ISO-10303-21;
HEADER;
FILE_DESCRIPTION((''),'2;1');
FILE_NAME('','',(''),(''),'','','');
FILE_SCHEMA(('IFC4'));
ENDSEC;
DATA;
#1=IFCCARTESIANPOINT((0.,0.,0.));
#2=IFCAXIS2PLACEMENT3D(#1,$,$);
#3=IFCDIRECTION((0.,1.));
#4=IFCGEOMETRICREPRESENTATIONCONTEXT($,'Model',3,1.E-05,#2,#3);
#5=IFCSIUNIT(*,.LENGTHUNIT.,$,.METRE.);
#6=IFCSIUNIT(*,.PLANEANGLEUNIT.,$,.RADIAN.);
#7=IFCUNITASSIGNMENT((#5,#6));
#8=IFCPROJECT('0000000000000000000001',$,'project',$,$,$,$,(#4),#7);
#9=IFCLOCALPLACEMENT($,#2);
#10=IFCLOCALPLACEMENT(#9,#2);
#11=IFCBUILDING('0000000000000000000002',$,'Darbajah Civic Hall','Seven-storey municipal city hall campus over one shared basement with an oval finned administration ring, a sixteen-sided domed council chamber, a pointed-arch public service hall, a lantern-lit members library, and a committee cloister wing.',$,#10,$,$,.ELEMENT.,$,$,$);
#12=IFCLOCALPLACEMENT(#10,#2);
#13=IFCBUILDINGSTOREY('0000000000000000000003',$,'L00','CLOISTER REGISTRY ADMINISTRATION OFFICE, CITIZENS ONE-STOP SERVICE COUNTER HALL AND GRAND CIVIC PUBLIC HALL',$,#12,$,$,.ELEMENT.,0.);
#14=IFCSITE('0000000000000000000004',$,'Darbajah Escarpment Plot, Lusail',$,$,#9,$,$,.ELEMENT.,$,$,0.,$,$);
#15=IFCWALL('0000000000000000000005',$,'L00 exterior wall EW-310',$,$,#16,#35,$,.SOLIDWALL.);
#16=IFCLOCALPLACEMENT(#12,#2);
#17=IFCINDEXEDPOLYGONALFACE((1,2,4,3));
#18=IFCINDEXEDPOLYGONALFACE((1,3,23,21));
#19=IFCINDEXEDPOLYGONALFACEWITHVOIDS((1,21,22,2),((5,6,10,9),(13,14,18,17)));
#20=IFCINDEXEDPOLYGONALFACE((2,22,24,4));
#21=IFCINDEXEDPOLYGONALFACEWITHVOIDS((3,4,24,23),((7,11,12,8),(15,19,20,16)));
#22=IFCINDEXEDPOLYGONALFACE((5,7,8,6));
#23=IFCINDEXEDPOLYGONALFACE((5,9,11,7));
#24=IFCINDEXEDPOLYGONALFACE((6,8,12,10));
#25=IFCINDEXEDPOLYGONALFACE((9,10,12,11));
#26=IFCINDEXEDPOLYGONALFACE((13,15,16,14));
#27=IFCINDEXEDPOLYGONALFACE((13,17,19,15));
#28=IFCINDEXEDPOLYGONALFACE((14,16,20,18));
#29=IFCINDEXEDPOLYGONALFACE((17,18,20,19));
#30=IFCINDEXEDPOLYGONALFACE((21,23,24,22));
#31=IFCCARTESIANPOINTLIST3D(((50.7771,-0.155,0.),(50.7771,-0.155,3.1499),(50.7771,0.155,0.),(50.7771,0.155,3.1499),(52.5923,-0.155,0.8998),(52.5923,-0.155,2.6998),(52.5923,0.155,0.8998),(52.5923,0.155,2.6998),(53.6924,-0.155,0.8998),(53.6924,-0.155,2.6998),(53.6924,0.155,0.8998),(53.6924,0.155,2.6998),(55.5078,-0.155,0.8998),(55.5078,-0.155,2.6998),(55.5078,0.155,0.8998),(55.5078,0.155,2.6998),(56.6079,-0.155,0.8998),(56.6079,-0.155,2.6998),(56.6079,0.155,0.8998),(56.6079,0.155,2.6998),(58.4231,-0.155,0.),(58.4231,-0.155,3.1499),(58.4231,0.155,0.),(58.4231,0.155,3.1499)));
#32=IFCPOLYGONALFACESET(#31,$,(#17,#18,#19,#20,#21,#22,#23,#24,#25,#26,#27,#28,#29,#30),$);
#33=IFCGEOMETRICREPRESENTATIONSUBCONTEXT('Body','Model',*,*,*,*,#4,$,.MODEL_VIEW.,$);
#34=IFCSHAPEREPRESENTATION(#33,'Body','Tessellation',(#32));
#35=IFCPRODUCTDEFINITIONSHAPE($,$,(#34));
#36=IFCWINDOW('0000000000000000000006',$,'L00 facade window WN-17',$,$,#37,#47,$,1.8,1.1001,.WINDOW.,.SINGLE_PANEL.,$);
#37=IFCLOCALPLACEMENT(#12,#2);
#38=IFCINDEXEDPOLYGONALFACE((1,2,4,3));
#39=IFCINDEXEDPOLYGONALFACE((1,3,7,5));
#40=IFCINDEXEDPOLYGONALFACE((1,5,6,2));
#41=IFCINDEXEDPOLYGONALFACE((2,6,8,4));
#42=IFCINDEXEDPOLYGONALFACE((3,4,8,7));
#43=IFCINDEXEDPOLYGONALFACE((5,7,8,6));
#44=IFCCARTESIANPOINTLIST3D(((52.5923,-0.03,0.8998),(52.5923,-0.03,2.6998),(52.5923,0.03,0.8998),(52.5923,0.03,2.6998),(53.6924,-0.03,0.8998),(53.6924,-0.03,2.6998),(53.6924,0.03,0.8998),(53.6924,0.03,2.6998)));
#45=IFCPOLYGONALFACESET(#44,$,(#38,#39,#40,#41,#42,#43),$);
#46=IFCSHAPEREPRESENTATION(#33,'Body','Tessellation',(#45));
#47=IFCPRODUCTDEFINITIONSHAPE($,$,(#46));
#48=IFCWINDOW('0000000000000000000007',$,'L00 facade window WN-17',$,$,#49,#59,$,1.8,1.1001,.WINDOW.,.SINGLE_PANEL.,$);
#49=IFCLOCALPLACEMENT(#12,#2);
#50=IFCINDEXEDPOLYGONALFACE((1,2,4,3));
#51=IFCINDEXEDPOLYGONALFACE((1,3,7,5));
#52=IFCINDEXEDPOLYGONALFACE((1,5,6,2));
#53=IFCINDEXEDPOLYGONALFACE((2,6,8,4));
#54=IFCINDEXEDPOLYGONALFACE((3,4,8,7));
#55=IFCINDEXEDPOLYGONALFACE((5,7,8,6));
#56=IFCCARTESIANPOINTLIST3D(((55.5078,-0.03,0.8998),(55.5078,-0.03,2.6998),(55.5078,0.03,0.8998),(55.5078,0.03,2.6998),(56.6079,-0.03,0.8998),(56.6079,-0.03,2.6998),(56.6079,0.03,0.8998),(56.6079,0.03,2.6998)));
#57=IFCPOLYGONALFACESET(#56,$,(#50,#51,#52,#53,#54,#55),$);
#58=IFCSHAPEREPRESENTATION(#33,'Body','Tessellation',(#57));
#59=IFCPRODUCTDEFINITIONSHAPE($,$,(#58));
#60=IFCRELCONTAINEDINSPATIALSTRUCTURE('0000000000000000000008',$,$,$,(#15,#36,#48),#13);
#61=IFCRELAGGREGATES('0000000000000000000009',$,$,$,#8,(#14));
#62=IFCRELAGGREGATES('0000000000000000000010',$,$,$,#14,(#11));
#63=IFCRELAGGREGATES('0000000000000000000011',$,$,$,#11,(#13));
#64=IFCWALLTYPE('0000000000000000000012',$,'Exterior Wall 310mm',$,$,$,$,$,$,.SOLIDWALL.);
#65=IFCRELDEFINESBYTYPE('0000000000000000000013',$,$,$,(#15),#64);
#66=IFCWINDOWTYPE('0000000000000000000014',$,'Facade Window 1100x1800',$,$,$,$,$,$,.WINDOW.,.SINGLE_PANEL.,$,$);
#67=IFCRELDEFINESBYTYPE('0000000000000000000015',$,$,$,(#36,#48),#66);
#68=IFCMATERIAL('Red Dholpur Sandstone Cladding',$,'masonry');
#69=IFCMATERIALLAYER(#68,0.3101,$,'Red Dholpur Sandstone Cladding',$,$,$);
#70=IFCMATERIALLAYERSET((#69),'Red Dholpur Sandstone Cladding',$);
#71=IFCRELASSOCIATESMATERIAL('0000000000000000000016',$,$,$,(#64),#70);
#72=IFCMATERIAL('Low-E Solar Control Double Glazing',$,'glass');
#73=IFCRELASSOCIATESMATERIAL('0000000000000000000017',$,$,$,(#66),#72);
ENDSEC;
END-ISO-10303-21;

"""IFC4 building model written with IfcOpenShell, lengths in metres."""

from ifc_helpers import new_model, si_unit, direction, frame, frame_2d, origin, place, context, subcontext, project, spatial, rectangle, extrude, material, layer, layer_set, type_object, element, fill, save


model = new_model("IFC4")

# Units and contexts
model_context = context("Model", 3, precision=1e-05, world=origin(), true_north=direction((0.0, 1.0)))
body_context = subcontext(model_context, "Body", "Model", "MODEL_VIEW")
ifc_project = project(units=[si_unit("LENGTHUNIT", "METRE"), si_unit("PLANEANGLEUNIT", "RADIAN")], contexts=[model_context])

# Site, building, storey
site_placement = place(None, origin())
site = spatial("IfcSite", under=ifc_project, at=site_placement, Name="Darbajah Escarpment Plot, Lusail", CompositionType="ELEMENT", RefElevation=0.0)
building_placement = place(site_placement, origin())
building = spatial("IfcBuilding", under=site, at=building_placement, Name="Darbajah Civic Hall", Description="Seven-storey municipal city hall campus over one shared basement with an oval finned administration ring, a sixteen-sided domed council chamber, a pointed-arch public service hall, a lantern-lit members library, and a committee cloister wing.", CompositionType="ELEMENT")
storey_placement = place(building_placement, origin())
storey = spatial("IfcBuildingStorey", under=building, at=storey_placement, Name="L00", Description="CLOISTER REGISTRY ADMINISTRATION OFFICE, CITIZENS ONE-STOP SERVICE COUNTER HALL AND GRAND CIVIC PUBLIC HALL", CompositionType="ELEMENT", Elevation=0.0)

# Shared definitions
ifc_material_1 = material(Name="Low-E Solar Control Double Glazing", Category="glass")

# Wall, openings, windows
ifc_material_2 = material(Name="Red Dholpur Sandstone Cladding", Category="masonry")
ifc_layer_1 = layer(ifc_material_2, 0.3101, Name="Red Dholpur Sandstone Cladding")
ifc_layer_set_1 = layer_set([ifc_layer_1], Name="Red Dholpur Sandstone Cladding")
wall_type = type_object("IfcWallType", Name="Exterior Wall 310mm", PredefinedType="SOLIDWALL", material=ifc_layer_set_1)
wall_placement = place(storey_placement, frame((50.7771, 0.0, 0.0), z_axis=(0.0, 0.0, 1.0), x_axis=(1.0, 0.0, 0.0)))
wall = element("IfcWall", 1, at=wall_placement, inside=storey, type_object=wall_type, Name="L00 exterior wall EW-310", PredefinedType="SOLIDWALL", context=body_context, shape_type="SweptSolid", body=[
    extrude(rectangle(XDim=7.646, YDim=0.3101, at=frame_2d((3.823, 0.0))), origin(), (0.0, 0.0, 1.0), 3.1499),
])
opening_1_placement = place(wall_placement, frame((1.8152, 0.0, 0.8999)))
opening_1 = element("IfcOpeningElement", 2, at=opening_1_placement, cuts=wall, PredefinedType="OPENING", context=body_context, shape_type="SweptSolid", body=[
    extrude(rectangle(XDim=1.1001, YDim=1.8, at=frame_2d((0.55, 0.8999))), frame((0.0, 0.165, 0.0), z_axis=(0.0, -1.0, 0.0), x_axis=(1.0, 0.0, 0.0)), (0.0, 0.0, 1.0), 0.3301),
])
opening_2_placement = place(wall_placement, frame((4.7307, 0.0, 0.8999)))
opening_2 = element("IfcOpeningElement", 3, at=opening_2_placement, cuts=wall, PredefinedType="OPENING", context=body_context, shape_type="SweptSolid", body=[
    extrude(rectangle(XDim=1.1001, YDim=1.8, at=frame_2d((0.55, 0.8999))), frame((0.0, 0.165, 0.0), z_axis=(0.0, -1.0, 0.0), x_axis=(1.0, 0.0, 0.0)), (0.0, 0.0, 1.0), 0.3301),
])
window_type = type_object("IfcWindowType", Name="Facade Window 1100x1800", PartitioningType="SINGLE_PANEL", PredefinedType="WINDOW", material=ifc_material_1)
window_1_placement = place(opening_1_placement, origin())
window_1 = element("IfcWindow", 4, at=window_1_placement, inside=storey, type_object=window_type, Name="L00 facade window WN-17", OverallHeight=1.8, OverallWidth=1.1001, PartitioningType="SINGLE_PANEL", PredefinedType="WINDOW", context=body_context, shape_type="SweptSolid", body=[
    extrude(rectangle(XDim=1.1001, YDim=1.8, at=frame_2d((0.55, 0.8999))), frame((0.0, 0.03, 0.0), z_axis=(0.0, -1.0, 0.0), x_axis=(1.0, 0.0, 0.0)), (0.0, 0.0, 1.0), 0.0601),
])
fill(opening_1, window_1)
window_2_placement = place(opening_2_placement, origin())
window_2 = element("IfcWindow", 5, at=window_2_placement, inside=storey, type_object=window_type, Name="L00 facade window WN-17", OverallHeight=1.8, OverallWidth=1.1001, PartitioningType="SINGLE_PANEL", PredefinedType="WINDOW", context=body_context, shape_type="SweptSolid", body=[
    extrude(rectangle(XDim=1.1001, YDim=1.8, at=frame_2d((0.55, 0.8999))), frame((0.0, 0.03, 0.0), z_axis=(0.0, -1.0, 0.0), x_axis=(1.0, 0.0, 0.0)), (0.0, 0.0, 1.0), 0.0601),
])
fill(opening_2, window_2)

save(model, "model.ifc")
